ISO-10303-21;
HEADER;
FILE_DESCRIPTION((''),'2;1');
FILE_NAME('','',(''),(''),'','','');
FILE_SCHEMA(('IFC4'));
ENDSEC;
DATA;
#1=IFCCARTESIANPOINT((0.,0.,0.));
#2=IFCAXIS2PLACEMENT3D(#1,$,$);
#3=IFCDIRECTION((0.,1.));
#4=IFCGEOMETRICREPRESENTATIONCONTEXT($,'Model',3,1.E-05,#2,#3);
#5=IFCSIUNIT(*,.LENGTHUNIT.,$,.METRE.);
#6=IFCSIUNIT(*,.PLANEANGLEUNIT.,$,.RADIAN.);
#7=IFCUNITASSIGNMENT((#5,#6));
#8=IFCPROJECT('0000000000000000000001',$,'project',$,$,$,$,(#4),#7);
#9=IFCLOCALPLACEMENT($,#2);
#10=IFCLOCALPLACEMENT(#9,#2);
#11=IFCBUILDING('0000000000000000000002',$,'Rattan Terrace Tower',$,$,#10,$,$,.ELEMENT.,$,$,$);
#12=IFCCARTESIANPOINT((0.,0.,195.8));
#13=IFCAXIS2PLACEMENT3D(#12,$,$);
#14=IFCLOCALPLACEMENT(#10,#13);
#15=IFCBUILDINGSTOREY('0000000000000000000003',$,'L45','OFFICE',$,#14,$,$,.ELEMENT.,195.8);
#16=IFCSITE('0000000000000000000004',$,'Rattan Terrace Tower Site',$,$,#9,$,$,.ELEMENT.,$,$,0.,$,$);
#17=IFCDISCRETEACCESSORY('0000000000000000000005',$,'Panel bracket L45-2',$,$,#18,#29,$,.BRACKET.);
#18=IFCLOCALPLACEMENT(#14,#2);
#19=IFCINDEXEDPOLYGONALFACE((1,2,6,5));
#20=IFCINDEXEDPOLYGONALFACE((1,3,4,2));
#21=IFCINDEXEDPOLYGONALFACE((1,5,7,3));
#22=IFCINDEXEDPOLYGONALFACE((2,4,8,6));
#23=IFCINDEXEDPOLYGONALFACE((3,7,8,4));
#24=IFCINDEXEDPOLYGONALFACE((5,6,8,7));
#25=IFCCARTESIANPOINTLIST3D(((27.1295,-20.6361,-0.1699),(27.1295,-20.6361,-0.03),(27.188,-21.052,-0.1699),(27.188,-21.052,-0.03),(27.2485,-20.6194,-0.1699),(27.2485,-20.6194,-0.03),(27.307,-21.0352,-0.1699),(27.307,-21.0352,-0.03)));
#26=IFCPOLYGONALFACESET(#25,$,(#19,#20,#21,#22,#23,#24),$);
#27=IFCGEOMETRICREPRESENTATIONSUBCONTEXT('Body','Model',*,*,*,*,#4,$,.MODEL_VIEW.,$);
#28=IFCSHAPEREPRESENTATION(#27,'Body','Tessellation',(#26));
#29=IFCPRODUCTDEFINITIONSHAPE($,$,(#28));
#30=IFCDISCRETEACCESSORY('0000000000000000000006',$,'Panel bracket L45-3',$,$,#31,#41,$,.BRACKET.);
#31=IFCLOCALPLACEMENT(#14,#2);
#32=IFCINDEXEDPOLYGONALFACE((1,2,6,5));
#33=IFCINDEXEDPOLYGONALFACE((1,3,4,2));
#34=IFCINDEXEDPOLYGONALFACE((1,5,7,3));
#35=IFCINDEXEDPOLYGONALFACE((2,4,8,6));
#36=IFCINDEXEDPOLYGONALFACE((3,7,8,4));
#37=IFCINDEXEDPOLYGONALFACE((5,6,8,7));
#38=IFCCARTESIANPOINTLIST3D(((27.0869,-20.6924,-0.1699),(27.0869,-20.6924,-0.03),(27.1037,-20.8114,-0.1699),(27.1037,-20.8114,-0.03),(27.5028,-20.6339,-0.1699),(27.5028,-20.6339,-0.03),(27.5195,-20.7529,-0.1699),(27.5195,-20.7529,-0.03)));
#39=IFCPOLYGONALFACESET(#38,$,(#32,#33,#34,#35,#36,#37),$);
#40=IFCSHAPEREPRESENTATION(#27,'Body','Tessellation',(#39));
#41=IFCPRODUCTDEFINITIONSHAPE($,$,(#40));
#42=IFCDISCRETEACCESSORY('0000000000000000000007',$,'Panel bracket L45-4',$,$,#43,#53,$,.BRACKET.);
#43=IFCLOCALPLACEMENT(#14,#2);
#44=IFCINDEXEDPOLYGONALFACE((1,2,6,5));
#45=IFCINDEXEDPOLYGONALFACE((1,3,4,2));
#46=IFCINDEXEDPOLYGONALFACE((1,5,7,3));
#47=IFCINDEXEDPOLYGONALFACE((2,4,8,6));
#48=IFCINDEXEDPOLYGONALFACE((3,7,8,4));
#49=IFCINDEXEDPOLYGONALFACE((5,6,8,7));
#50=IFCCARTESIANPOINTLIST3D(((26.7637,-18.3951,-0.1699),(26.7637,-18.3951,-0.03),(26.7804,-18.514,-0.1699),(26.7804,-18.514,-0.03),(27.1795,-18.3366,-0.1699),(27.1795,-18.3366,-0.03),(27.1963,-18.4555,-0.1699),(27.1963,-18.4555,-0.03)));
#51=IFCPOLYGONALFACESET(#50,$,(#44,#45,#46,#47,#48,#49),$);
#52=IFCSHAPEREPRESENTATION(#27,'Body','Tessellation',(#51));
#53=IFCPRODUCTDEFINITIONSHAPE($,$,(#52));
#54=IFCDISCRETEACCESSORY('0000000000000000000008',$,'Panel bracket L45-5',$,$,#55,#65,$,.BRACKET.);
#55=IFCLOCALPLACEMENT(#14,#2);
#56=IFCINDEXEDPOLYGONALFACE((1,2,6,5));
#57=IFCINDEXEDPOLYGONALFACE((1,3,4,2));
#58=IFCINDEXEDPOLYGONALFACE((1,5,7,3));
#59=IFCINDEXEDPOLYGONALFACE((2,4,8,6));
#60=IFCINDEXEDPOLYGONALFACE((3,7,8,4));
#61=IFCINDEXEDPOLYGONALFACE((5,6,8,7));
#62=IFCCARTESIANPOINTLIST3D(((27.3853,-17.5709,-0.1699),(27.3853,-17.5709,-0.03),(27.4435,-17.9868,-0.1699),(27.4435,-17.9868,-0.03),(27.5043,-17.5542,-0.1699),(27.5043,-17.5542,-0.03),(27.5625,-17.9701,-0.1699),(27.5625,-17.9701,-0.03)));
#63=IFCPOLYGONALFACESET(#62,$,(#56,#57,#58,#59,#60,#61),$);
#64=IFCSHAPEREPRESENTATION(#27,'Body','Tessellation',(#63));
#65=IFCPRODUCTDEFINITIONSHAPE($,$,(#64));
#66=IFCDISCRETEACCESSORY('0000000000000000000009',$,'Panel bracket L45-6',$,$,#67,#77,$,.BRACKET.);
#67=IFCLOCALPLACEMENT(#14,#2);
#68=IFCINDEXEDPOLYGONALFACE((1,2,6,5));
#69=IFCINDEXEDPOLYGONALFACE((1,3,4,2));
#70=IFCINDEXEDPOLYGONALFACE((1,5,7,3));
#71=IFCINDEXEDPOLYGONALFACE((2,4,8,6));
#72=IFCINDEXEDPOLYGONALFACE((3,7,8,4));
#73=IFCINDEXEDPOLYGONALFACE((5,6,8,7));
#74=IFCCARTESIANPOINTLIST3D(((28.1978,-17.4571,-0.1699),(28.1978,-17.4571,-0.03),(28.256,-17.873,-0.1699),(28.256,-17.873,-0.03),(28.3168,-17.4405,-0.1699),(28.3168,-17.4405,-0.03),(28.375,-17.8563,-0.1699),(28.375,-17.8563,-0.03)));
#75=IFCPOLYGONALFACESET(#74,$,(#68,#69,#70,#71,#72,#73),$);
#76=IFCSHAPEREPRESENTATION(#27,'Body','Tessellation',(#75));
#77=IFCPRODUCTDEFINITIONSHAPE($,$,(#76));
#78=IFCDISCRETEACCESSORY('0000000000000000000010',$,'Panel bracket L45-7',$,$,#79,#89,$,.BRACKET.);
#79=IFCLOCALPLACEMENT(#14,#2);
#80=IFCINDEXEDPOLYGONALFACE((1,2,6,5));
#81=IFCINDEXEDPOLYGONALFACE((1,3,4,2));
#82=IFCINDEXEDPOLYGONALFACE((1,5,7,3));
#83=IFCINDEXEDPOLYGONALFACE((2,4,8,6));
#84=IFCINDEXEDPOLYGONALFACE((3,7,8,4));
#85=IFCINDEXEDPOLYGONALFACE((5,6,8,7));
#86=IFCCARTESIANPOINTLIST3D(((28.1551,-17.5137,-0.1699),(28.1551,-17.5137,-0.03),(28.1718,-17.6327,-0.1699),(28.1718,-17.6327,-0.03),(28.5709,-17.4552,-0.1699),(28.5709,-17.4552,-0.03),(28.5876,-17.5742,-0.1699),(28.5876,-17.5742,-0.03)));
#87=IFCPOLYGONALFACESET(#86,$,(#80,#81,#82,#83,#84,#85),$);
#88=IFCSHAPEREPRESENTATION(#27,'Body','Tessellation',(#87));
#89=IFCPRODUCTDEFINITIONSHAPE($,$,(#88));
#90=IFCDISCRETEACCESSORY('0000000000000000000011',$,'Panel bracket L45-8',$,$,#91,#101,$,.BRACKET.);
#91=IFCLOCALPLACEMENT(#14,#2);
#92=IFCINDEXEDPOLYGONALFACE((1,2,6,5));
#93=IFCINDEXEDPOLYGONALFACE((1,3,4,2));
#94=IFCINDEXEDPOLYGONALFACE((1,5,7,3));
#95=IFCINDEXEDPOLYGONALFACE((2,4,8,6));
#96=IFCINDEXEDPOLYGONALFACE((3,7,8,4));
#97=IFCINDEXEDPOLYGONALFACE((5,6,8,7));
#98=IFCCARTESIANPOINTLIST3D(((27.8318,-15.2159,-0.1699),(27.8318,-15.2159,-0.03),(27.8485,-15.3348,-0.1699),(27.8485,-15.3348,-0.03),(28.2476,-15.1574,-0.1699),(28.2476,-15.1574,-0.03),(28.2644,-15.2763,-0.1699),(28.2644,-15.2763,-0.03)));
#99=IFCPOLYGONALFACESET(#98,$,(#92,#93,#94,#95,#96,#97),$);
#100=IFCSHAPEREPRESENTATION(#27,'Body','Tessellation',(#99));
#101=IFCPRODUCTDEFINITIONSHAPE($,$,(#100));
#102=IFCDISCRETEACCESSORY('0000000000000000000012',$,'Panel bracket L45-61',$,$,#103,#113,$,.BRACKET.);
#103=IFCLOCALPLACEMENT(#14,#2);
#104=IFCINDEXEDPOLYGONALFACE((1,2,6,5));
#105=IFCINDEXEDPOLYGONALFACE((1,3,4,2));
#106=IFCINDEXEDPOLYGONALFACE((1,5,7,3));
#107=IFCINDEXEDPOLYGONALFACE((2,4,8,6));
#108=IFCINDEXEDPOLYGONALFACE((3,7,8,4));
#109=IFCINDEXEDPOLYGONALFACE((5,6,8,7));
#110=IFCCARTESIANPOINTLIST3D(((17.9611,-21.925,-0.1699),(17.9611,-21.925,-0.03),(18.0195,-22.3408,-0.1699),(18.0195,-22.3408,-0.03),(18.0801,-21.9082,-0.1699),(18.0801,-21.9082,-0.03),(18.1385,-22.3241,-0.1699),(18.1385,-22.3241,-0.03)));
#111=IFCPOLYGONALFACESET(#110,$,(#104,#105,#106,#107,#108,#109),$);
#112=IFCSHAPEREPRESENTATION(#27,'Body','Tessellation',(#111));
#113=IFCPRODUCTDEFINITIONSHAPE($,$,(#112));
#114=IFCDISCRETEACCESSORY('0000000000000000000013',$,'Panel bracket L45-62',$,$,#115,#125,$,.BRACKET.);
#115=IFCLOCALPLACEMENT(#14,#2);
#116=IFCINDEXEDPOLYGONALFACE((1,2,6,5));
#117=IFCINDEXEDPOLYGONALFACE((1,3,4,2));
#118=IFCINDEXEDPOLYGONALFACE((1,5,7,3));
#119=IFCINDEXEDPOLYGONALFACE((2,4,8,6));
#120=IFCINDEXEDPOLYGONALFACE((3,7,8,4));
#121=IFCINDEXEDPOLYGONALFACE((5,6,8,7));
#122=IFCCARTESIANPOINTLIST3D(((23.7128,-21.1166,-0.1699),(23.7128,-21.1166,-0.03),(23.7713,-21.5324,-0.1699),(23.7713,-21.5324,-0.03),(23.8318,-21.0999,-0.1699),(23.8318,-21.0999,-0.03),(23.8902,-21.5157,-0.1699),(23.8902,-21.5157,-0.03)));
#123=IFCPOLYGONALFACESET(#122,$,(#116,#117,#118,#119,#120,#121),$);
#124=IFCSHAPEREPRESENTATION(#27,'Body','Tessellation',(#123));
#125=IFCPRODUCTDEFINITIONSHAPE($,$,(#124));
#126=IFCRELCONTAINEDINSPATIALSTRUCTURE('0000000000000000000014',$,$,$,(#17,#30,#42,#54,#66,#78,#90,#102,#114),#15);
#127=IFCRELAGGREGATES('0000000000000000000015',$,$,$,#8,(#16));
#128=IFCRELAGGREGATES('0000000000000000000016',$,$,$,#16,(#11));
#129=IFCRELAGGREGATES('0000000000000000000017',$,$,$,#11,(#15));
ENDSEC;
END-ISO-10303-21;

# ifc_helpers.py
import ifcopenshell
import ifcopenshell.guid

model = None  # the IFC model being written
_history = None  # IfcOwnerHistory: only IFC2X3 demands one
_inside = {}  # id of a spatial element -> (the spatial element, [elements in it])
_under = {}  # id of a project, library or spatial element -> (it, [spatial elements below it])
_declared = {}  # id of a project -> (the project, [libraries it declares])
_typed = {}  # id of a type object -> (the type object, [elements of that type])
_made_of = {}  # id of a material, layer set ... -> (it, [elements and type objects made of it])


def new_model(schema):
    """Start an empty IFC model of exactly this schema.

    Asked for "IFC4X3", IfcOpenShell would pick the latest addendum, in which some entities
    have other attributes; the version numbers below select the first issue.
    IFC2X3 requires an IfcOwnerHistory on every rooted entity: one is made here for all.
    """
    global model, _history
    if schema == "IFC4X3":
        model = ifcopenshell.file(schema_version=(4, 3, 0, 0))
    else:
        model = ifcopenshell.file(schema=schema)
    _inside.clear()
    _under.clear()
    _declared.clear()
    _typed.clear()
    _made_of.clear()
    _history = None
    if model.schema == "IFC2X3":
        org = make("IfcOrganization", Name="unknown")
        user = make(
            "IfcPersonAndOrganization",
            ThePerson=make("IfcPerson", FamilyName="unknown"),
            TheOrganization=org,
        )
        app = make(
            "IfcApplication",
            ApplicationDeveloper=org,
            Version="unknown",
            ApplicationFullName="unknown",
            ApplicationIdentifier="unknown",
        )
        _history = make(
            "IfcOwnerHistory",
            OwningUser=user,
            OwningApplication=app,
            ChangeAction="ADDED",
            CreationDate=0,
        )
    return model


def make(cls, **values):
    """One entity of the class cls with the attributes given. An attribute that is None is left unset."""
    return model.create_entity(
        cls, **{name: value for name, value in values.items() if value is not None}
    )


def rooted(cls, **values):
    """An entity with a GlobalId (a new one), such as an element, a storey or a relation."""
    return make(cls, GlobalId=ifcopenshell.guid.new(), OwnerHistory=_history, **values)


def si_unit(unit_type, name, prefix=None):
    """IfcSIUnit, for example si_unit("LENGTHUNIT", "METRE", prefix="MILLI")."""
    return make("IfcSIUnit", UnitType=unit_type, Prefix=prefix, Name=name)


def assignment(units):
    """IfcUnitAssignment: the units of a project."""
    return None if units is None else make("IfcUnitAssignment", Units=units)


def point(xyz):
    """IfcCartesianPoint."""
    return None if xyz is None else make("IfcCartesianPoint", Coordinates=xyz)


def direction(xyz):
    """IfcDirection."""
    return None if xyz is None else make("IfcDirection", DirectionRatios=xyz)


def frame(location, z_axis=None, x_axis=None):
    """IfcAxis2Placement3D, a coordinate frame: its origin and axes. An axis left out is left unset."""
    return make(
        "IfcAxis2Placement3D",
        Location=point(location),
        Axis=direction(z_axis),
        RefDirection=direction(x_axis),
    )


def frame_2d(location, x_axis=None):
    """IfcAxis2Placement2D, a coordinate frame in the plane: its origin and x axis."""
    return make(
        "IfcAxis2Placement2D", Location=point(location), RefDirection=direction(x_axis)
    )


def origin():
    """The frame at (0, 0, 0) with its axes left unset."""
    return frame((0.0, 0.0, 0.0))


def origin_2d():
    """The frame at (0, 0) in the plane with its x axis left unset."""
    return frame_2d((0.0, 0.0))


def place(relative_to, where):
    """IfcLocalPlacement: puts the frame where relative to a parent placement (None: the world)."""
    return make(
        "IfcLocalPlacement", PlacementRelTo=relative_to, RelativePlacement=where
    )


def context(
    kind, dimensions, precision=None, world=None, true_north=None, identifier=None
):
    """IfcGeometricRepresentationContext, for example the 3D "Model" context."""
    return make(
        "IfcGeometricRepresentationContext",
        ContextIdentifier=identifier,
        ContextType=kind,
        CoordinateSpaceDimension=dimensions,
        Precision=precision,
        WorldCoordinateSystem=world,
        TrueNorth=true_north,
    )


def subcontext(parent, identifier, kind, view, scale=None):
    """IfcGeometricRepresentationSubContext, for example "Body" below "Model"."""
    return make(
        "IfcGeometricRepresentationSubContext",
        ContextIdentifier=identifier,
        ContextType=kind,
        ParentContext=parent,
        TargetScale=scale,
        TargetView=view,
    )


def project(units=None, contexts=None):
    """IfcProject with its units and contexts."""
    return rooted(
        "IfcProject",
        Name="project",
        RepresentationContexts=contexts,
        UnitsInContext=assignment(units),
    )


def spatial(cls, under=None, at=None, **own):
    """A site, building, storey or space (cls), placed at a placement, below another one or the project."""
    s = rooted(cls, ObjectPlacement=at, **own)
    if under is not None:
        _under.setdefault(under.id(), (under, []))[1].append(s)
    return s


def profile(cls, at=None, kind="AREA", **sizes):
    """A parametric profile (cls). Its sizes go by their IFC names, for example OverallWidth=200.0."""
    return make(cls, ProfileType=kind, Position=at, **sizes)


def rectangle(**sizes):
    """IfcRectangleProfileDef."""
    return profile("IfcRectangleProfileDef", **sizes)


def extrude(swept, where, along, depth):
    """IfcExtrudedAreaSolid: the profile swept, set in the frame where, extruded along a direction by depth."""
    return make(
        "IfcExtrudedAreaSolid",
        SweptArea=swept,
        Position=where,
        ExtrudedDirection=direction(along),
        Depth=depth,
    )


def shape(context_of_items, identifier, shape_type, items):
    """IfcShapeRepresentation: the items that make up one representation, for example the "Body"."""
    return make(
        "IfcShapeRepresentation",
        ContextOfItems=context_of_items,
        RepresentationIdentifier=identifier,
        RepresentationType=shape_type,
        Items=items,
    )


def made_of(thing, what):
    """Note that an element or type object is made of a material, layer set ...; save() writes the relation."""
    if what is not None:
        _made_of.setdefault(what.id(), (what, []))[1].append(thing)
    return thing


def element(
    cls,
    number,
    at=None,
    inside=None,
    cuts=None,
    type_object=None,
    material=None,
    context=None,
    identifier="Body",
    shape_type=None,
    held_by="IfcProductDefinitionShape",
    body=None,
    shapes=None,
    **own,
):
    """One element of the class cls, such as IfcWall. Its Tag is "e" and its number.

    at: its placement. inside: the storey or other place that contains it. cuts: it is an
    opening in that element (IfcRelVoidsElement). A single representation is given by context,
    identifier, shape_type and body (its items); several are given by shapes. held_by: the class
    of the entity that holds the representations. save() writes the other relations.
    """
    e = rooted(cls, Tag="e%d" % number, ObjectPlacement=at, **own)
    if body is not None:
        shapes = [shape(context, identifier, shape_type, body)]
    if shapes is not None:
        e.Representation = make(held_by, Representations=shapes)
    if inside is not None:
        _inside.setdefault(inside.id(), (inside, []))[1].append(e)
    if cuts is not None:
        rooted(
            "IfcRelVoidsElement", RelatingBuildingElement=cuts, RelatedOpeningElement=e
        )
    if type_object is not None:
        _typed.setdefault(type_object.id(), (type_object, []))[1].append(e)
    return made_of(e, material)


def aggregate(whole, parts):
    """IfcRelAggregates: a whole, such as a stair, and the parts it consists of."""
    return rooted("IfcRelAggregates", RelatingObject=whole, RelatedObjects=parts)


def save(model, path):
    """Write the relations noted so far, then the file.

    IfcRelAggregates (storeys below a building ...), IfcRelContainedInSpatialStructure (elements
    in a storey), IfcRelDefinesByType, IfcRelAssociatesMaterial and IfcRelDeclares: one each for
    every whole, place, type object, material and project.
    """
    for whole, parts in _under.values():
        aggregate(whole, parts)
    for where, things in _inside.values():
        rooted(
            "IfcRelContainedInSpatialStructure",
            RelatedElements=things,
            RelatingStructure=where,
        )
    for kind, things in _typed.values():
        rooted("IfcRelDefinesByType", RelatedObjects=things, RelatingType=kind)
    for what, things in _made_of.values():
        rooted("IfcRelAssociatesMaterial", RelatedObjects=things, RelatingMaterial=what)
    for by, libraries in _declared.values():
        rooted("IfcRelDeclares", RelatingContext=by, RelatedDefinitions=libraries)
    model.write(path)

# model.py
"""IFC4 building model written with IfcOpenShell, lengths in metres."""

from ifc_helpers import new_model, si_unit, direction, frame, origin, origin_2d, place, context, subcontext, project, spatial, rectangle, extrude, element, save


model = new_model("IFC4")

# Units and contexts
model_context = context("Model", 3, precision=1e-05, world=origin(), true_north=direction((0.0, 1.0)))
body_context = subcontext(model_context, "Body", "Model", "MODEL_VIEW")
ifc_project = project(units=[si_unit("LENGTHUNIT", "METRE"), si_unit("PLANEANGLEUNIT", "RADIAN")], contexts=[model_context])

# Site, building, storey
site_placement = place(None, origin())
site = spatial("IfcSite", under=ifc_project, at=site_placement, Name="Rattan Terrace Tower Site", CompositionType="ELEMENT", RefElevation=0.0)
building_placement = place(site_placement, origin())
building = spatial("IfcBuilding", under=site, at=building_placement, Name="Rattan Terrace Tower", CompositionType="ELEMENT")
storey_placement = place(building_placement, frame((0.0, 0.0, 195.8)))
storey = spatial("IfcBuildingStorey", under=building, at=storey_placement, Name="L45", Description="OFFICE", CompositionType="ELEMENT", Elevation=195.8)

# Discrete accessories
for number, where, z_axis, x_axis, name in (
    (1, (27.2183, -20.8357, -0.1699), (0.0, 0.0, 1.0), (0.990247, 0.139321, 0.0), "Panel bracket L45-2"),
    (2, (27.3032, -20.7227, -0.1699), (0.0, 0.0, 1.0), (-0.139321, 0.990247, 0.0), "Panel bracket L45-3"),
    (3, (26.98, -18.4253, -0.1699), (0.0, 0.0, 1.0), (-0.139321, 0.990247, 0.0), "Panel bracket L45-4"),
    (4, (27.4739, -17.7705, -0.1699), (0.0, 0.0, 1.0), (0.990345, 0.138622, 0.0), "Panel bracket L45-5"),
    (5, (28.2864, -17.6567, -0.1699), (0.0, 0.0, 1.0), (0.990345, 0.138622, 0.0), "Panel bracket L45-6"),
    (6, (28.3713, -17.5439, -0.1699), (0.0, 0.0, 1.0), (-0.139321, 0.990247, 0.0), "Panel bracket L45-7"),
    (7, (28.0481, -15.2461, -0.1699), (0.0, 0.0, 1.0), (-0.139321, 0.990247, 0.0), "Panel bracket L45-8"),
    (8, (18.0498, -22.1245, -0.1699), (0.0, 0.0, 1.0), (0.99027, 0.139161, 0.0), "Panel bracket L45-61"),
    (9, (23.8015, -21.3162, -0.1699), (0.0, 0.0, 1.0), (0.99027, 0.139161, 0.0), "Panel bracket L45-62"),
):
    element("IfcDiscreteAccessory", number, at=place(storey_placement, frame(where, z_axis=z_axis, x_axis=x_axis)), inside=storey, Name=name, PredefinedType="BRACKET", context=body_context, shape_type="SweptSolid", body=[
        extrude(rectangle(XDim=0.1201, YDim=0.4199, at=origin_2d()), origin(), (0.0, 0.0, 1.0), 0.1399),
    ])

save(model, "model.ifc")
